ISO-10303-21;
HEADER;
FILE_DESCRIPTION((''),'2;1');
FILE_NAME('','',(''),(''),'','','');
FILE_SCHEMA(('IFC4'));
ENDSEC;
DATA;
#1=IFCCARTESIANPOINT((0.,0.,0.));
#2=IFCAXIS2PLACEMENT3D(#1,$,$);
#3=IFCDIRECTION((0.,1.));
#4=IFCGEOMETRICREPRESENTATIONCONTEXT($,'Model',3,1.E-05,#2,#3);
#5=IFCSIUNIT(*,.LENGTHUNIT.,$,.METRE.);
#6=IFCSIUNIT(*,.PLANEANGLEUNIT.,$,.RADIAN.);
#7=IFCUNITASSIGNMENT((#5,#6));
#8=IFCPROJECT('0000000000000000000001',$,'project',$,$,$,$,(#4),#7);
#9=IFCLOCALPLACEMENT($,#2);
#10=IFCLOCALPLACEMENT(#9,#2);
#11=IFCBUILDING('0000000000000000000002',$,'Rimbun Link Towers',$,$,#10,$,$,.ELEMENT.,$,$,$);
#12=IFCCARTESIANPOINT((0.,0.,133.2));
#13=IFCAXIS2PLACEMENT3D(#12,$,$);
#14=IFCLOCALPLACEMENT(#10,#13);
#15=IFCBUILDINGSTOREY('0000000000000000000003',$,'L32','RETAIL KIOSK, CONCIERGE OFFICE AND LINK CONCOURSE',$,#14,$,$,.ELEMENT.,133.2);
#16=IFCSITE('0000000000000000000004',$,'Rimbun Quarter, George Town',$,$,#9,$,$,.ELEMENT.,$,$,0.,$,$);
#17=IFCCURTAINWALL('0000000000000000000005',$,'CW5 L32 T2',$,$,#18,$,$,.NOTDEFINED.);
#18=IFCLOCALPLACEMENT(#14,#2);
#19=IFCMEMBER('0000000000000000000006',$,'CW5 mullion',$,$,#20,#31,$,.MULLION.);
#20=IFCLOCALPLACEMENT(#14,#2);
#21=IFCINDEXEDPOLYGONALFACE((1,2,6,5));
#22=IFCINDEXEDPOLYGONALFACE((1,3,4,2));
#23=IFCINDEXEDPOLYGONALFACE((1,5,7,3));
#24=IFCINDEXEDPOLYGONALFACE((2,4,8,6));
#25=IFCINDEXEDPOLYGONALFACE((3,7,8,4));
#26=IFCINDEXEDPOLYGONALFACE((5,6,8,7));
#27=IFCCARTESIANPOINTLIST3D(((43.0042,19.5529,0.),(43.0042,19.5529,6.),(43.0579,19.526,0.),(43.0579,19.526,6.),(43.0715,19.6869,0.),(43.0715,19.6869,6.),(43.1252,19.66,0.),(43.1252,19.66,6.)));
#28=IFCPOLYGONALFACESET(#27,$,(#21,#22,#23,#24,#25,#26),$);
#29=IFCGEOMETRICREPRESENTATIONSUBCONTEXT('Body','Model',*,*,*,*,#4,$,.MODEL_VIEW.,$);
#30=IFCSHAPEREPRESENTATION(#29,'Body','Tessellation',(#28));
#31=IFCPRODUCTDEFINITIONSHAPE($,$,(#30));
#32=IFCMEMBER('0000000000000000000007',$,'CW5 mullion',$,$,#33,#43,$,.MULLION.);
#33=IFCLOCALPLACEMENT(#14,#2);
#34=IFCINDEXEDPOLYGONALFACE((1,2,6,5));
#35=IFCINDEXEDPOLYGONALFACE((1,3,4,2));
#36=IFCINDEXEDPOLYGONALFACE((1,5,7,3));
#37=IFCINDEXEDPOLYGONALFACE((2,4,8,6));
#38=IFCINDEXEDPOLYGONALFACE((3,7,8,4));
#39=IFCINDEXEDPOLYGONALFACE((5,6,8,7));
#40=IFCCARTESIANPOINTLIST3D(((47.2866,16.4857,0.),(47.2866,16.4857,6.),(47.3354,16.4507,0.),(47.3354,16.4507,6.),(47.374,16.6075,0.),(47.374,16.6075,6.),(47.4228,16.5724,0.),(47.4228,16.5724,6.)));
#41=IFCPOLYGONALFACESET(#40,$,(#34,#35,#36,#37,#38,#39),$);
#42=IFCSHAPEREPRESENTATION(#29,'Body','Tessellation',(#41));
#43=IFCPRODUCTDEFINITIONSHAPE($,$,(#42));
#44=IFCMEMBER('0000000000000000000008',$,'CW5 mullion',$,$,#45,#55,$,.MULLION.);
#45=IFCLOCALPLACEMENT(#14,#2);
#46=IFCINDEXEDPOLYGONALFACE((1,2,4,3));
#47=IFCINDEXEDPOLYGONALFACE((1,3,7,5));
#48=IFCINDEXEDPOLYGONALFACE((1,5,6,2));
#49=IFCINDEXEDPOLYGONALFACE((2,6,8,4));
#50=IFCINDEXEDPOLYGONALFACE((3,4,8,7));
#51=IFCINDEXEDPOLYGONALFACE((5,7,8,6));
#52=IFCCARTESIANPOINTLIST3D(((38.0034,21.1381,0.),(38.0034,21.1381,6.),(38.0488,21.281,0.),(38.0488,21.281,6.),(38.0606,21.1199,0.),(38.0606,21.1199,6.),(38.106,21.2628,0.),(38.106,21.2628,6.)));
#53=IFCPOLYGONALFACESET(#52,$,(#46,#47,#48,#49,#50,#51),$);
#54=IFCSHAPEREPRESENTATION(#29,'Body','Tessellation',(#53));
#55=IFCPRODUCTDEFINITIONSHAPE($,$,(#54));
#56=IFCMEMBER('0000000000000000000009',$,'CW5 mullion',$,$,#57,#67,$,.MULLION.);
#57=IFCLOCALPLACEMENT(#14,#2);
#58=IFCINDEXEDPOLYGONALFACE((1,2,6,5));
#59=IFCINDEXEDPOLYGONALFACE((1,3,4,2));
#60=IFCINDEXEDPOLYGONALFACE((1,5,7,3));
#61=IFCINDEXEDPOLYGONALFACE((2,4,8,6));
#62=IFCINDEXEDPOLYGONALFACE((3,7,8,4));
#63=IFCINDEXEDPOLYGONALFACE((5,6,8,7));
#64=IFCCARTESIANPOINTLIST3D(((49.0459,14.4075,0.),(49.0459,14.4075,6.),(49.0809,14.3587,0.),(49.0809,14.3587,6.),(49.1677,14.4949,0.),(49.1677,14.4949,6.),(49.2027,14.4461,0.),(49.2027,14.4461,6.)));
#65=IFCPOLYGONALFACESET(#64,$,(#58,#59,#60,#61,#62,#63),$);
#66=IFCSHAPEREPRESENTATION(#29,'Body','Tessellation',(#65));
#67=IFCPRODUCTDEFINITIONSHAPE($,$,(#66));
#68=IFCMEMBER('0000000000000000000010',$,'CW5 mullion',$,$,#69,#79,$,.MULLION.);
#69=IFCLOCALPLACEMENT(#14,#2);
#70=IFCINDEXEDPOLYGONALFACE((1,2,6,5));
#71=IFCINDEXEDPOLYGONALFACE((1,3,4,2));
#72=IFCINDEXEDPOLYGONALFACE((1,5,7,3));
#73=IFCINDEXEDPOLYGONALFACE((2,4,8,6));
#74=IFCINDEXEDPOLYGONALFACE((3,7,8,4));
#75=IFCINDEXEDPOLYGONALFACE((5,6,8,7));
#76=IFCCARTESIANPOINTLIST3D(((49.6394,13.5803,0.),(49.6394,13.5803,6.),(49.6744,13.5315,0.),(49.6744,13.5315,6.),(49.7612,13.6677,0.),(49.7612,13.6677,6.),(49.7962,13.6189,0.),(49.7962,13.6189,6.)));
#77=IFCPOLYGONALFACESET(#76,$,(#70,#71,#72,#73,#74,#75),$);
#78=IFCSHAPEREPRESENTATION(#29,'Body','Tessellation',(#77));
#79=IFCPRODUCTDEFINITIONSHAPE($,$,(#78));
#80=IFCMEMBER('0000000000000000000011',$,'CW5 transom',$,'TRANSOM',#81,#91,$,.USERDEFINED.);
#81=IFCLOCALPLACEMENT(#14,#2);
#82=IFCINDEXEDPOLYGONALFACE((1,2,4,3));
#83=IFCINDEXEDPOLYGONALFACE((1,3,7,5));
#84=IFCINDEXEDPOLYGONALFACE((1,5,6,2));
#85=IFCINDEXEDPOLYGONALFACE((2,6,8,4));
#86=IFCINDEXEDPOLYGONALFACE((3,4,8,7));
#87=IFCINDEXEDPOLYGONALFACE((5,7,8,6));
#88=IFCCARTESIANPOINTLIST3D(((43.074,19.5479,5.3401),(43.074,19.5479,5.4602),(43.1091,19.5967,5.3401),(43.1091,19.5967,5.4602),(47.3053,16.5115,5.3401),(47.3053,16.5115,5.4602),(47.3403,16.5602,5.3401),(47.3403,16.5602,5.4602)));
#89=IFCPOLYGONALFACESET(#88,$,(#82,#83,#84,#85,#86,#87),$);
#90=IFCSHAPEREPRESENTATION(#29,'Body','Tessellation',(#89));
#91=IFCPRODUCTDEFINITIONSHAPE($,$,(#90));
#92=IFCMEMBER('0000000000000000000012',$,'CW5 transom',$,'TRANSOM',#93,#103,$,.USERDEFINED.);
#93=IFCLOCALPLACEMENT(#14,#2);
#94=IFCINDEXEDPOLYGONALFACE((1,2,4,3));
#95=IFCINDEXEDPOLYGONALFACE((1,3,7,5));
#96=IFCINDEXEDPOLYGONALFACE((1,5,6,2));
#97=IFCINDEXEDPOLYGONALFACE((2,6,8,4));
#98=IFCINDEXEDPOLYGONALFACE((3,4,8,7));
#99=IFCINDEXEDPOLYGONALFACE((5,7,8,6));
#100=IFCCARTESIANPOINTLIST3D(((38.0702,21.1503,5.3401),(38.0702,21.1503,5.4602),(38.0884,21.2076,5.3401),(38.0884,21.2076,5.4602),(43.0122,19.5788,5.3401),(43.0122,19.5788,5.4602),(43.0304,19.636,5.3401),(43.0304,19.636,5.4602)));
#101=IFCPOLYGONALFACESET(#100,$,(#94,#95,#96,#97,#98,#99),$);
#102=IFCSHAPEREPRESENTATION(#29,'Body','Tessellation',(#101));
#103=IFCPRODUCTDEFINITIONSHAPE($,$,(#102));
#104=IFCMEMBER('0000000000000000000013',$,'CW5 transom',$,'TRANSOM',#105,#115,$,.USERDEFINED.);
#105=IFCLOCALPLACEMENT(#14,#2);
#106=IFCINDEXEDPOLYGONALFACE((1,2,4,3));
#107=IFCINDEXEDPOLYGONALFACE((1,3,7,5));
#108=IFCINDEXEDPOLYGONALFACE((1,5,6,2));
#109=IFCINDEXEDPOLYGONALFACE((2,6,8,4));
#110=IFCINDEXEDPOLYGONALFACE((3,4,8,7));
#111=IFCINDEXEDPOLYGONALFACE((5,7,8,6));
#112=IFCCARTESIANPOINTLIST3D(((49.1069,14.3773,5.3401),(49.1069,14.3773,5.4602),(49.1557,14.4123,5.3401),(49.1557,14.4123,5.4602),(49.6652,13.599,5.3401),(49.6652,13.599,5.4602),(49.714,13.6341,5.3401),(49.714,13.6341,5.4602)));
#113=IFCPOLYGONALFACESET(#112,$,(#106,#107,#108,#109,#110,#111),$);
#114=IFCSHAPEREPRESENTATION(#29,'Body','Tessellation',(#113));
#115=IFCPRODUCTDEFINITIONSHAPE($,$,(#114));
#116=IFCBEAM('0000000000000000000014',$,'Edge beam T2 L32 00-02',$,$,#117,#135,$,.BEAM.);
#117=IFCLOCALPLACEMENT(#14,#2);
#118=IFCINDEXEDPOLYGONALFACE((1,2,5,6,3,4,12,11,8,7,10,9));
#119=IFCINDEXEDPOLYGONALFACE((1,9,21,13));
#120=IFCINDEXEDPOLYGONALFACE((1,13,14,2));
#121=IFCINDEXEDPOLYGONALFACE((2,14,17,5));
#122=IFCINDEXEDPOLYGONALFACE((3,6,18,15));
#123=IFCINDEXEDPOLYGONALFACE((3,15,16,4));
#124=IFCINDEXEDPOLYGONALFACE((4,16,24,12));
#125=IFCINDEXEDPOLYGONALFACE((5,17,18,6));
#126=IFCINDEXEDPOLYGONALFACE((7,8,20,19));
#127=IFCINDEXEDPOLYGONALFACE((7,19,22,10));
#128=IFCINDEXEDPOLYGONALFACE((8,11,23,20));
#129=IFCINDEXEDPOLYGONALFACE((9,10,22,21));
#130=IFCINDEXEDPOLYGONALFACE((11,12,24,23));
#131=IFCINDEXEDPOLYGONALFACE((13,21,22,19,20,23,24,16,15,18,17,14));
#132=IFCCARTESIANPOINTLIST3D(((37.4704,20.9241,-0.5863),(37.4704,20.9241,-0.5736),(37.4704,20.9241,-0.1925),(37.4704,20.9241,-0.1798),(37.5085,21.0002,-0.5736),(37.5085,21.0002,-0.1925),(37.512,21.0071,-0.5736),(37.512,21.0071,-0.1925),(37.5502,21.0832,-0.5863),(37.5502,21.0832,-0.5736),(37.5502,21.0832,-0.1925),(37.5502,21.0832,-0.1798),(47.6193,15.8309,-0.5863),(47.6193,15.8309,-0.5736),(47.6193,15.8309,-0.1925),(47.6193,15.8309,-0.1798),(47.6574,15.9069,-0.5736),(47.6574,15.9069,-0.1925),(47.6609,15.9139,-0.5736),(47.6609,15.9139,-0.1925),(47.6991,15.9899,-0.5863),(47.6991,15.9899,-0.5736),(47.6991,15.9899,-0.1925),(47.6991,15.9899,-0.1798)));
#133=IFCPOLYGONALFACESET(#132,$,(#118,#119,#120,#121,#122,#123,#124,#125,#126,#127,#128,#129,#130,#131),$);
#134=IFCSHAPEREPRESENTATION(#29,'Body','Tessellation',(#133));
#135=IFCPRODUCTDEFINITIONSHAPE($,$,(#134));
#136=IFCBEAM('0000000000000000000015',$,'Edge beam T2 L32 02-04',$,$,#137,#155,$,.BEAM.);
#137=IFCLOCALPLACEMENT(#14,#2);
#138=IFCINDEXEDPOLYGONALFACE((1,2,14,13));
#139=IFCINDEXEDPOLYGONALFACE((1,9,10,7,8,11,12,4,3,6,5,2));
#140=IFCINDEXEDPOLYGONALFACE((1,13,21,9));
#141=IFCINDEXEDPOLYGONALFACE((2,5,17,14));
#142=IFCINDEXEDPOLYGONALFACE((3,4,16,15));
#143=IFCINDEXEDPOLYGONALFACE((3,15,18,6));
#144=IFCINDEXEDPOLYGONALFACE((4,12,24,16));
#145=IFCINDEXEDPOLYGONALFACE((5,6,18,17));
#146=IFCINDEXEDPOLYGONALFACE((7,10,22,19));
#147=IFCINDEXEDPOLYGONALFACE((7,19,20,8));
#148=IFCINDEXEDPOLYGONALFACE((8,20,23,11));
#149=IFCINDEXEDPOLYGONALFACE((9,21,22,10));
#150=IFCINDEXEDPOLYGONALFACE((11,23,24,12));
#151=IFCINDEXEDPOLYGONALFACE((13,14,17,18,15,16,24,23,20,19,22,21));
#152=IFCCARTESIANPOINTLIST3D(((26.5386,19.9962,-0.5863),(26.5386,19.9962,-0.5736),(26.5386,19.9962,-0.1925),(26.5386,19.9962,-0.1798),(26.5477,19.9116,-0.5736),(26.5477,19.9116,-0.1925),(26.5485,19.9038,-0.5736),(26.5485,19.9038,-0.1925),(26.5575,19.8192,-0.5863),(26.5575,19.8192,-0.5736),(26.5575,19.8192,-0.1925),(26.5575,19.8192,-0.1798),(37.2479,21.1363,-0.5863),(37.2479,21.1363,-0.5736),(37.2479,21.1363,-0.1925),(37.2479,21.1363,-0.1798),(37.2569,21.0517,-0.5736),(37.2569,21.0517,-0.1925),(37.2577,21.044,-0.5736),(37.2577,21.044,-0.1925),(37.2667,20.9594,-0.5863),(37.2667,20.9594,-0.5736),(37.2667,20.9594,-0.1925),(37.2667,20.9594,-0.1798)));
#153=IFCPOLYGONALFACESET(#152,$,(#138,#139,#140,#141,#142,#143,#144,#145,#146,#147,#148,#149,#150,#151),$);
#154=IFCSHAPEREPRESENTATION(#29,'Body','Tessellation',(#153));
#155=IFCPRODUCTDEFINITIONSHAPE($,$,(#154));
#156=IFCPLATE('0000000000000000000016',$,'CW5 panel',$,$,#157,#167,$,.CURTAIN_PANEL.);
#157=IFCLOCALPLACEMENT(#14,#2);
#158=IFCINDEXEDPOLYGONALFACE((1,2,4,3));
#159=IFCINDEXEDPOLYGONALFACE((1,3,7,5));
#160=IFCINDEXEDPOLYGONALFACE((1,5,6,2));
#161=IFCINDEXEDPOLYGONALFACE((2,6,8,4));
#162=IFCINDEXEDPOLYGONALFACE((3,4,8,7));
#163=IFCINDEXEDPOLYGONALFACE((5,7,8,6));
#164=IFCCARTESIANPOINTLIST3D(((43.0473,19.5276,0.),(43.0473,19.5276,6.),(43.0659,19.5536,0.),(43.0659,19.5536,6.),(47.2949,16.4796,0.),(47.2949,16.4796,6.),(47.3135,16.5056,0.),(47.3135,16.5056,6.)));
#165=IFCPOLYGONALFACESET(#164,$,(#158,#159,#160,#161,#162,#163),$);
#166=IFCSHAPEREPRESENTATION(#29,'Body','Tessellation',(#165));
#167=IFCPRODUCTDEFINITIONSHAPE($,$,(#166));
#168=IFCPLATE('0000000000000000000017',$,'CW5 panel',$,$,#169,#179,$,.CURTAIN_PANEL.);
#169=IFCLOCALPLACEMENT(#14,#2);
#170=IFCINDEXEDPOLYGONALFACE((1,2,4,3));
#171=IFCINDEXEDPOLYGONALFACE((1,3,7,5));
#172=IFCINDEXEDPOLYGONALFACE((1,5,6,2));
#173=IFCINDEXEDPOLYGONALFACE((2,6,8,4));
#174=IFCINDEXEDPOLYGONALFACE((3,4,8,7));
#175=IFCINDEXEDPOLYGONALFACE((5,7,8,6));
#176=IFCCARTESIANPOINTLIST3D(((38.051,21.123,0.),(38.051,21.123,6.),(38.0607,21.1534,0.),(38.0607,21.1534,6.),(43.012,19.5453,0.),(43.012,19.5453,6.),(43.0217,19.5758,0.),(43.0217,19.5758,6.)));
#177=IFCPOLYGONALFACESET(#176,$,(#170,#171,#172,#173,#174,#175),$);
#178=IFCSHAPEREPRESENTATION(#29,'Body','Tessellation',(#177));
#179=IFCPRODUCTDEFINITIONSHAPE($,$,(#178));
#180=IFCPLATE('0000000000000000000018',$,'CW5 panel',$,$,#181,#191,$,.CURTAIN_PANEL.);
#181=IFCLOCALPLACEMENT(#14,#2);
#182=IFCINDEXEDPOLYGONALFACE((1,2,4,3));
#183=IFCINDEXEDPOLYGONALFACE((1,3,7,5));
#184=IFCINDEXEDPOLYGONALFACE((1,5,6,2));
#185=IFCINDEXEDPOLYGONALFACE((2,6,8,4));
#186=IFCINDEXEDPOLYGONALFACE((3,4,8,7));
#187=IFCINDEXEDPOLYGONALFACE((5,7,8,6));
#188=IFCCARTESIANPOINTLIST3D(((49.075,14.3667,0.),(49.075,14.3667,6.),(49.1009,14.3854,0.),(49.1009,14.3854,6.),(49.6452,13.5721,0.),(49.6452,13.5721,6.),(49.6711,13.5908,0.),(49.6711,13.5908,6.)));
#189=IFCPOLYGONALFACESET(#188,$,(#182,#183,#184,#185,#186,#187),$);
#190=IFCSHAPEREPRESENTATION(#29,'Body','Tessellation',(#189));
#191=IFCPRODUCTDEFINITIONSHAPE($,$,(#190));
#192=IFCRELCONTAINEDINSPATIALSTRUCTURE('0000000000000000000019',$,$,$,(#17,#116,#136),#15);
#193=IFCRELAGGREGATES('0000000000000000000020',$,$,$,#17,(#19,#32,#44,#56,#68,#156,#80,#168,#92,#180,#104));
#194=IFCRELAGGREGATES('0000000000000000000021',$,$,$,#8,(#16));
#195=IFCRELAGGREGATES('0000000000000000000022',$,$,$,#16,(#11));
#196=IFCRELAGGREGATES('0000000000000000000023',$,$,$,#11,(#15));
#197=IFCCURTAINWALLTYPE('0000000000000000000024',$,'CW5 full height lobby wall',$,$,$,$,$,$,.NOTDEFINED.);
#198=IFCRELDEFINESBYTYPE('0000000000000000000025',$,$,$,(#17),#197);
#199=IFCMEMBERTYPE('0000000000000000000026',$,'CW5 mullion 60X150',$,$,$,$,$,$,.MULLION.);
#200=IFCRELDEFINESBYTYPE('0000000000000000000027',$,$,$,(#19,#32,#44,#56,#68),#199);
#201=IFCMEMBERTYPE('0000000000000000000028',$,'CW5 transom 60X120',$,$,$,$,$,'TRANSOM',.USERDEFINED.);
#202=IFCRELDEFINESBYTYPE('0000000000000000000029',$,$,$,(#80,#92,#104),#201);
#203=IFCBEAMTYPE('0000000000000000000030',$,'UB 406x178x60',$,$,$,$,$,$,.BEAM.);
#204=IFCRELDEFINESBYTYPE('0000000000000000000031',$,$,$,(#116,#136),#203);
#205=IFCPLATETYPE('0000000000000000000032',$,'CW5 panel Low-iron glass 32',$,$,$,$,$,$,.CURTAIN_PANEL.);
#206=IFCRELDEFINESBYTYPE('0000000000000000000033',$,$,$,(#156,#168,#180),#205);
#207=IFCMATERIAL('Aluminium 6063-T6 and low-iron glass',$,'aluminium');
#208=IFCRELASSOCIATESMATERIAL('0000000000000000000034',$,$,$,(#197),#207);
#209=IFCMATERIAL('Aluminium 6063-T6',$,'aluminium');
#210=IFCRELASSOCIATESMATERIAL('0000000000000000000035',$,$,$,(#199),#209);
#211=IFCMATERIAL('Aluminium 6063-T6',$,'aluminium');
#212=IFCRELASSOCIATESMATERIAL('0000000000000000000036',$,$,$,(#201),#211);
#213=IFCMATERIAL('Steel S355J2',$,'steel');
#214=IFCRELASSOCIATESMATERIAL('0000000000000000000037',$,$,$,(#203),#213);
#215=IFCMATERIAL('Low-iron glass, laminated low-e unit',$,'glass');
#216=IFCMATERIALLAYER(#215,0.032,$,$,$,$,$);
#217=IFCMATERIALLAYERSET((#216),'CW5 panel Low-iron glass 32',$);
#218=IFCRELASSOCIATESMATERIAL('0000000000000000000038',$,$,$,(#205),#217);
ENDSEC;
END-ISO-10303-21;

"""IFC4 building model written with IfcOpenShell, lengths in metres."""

from ifc_helpers import new_model, si_unit, direction, frame, origin, origin_2d, place, context, subcontext, project, spatial, rectangle, i_section, extrude, material, layer, layer_set, material_profile, profile_set, type_object, element, aggregate, save


model = new_model("IFC4")

# Units and contexts
model_context = context("Model", 3, precision=1e-05, world=origin(), true_north=direction((0.0, 1.0)))
body_context = subcontext(model_context, "Body", "Model", "MODEL_VIEW")
ifc_project = project(units=[si_unit("LENGTHUNIT", "METRE"), si_unit("PLANEANGLEUNIT", "RADIAN")], contexts=[model_context])

# Site, building, storey
site_placement = place(None, origin())
site = spatial("IfcSite", under=ifc_project, at=site_placement, Name="Rimbun Quarter, George Town", CompositionType="ELEMENT", RefElevation=0.0)
building_placement = place(site_placement, origin())
building = spatial("IfcBuilding", under=site, at=building_placement, Name="Rimbun Link Towers", CompositionType="ELEMENT")
storey_placement = place(building_placement, frame((0.0, 0.0, 133.2)))
storey = spatial("IfcBuildingStorey", under=building, at=storey_placement, Name="L32", Description="RETAIL KIOSK, CONCIERGE OFFICE AND LINK CONCOURSE", CompositionType="ELEMENT", Elevation=133.2)

# Curtain wall, members
ifc_material_1 = material(Name="Aluminium 6063-T6 and low-iron glass", Category="aluminium")
curtain_wall_type = type_object("IfcCurtainWallType", Name="CW5 full height lobby wall", PredefinedType="NOTDEFINED", material=ifc_material_1)
curtain_wall_placement = place(storey_placement, origin())
curtain_wall = element("IfcCurtainWall", 1, at=curtain_wall_placement, inside=storey, type_object=curtain_wall_type, Name="CW5 L32 T2", PredefinedType="NOTDEFINED")
ifc_material_2 = material(Name="Aluminium 6063-T6", Category="aluminium")
ifc_material_profile_1 = material_profile(ifc_material_2, rectangle(XDim=0.1499, YDim=0.0601, at=origin_2d()), Name="MULLION 60X150")
ifc_profile_set_1 = profile_set([ifc_material_profile_1], Name="Aluminium 6063-T6")
member_type_1 = type_object("IfcMemberType", Name="CW5 mullion 60X150", PredefinedType="MULLION", material=ifc_profile_set_1)
member_1_placement = place(storey_placement, frame((43.0647, 19.6064, 0.0), z_axis=(0.0, 0.0, 1.0), x_axis=(0.44857, 0.893748, 0.0)))
member_1 = element("IfcMember", 2, at=member_1_placement, type_object=member_type_1, Name="CW5 mullion", PredefinedType="MULLION", context=body_context, shape_type="SweptSolid", body=[
    extrude(rectangle(XDim=0.1499, YDim=0.0601, at=origin_2d()), origin(), (0.0, 0.0, 1.0), 6.0),
])
member_2_placement = place(storey_placement, frame((47.3547, 16.5291, 0.0), z_axis=(0.0, 0.0, 1.0), x_axis=(0.583009, 0.812465, 0.0)))
member_2 = element("IfcMember", 3, at=member_2_placement, type_object=member_type_1, Name="CW5 mullion", PredefinedType="MULLION", context=body_context, shape_type="SweptSolid", body=[
    extrude(rectangle(XDim=0.1499, YDim=0.0601, at=origin_2d()), origin(), (0.0, 0.0, 1.0), 6.0),
])
member_3_placement = place(storey_placement, frame((38.0547, 21.2004, 0.0), z_axis=(0.0, 0.0, 1.0), x_axis=(0.30306, 0.952972, 0.0)))
member_3 = element("IfcMember", 4, at=member_3_placement, type_object=member_type_1, Name="CW5 mullion", PredefinedType="MULLION", context=body_context, shape_type="SweptSolid", body=[
    extrude(rectangle(XDim=0.1499, YDim=0.0601, at=origin_2d()), origin(), (0.0, 0.0, 1.0), 6.0),
])
member_4_placement = place(storey_placement, frame((49.1243, 14.4268, 0.0), z_axis=(0.0, 0.0, 1.0), x_axis=(0.812465, 0.583009, 0.0)))
member_4 = element("IfcMember", 5, at=member_4_placement, type_object=member_type_1, Name="CW5 mullion", PredefinedType="MULLION", context=body_context, shape_type="SweptSolid", body=[
    extrude(rectangle(XDim=0.1499, YDim=0.0601, at=origin_2d()), origin(), (0.0, 0.0, 1.0), 6.0),
])
member_5_placement = place(storey_placement, frame((49.7178, 13.5996, 0.0), z_axis=(0.0, 0.0, 1.0), x_axis=(0.812465, 0.583009, 0.0)))
member_5 = element("IfcMember", 6, at=member_5_placement, type_object=member_type_1, Name="CW5 mullion", PredefinedType="MULLION", context=body_context, shape_type="SweptSolid", body=[
    extrude(rectangle(XDim=0.1499, YDim=0.0601, at=origin_2d()), origin(), (0.0, 0.0, 1.0), 6.0),
])
ifc_material_3 = material(Name="Aluminium 6063-T6", Category="aluminium")
ifc_material_profile_2 = material_profile(ifc_material_3, rectangle(XDim=0.0601, YDim=0.1201, at=origin_2d()), Name="TRANSOM 60X120")
ifc_profile_set_2 = profile_set([ifc_material_profile_2], Name="Aluminium 6063-T6")
member_type_2 = type_object("IfcMemberType", Name="CW5 transom 60X120", ElementType="TRANSOM", PredefinedType="USERDEFINED", material=ifc_profile_set_2)
member_6_placement = place(storey_placement, frame((43.0916, 19.5723, 5.4001), z_axis=(0.812452, -0.583028, 0.0), x_axis=(0.583028, 0.812452, 0.0)))
member_6 = element("IfcMember", 7, at=member_6_placement, type_object=member_type_2, Name="CW5 transom", ObjectType="TRANSOM", PredefinedType="USERDEFINED", context=body_context, shape_type="SweptSolid", body=[
    extrude(rectangle(XDim=0.0601, YDim=0.1201, at=origin_2d()), origin(), (0.0, 0.0, 1.0), 5.208),
])
member_7_placement = place(storey_placement, frame((38.0793, 21.179, 5.4001), z_axis=(0.952975, -0.303048, 0.0), x_axis=(0.303048, 0.952975, 0.0)))
member_7 = element("IfcMember", 8, at=member_7_placement, type_object=member_type_2, Name="CW5 transom", ObjectType="TRANSOM", PredefinedType="USERDEFINED", context=body_context, shape_type="SweptSolid", body=[
    extrude(rectangle(XDim=0.0601, YDim=0.1201, at=origin_2d()), origin(), (0.0, 0.0, 1.0), 5.1858),
])
member_8_placement = place(storey_placement, frame((49.1313, 14.3948, 5.4001), z_axis=(0.582901, -0.812543, 0.0), x_axis=(0.812543, 0.582901, 0.0)))
member_8 = element("IfcMember", 9, at=member_8_placement, type_object=member_type_2, Name="CW5 transom", ObjectType="TRANSOM", PredefinedType="USERDEFINED", context=body_context, shape_type="SweptSolid", body=[
    extrude(rectangle(XDim=0.0601, YDim=0.1201, at=origin_2d()), origin(), (0.0, 0.0, 1.0), 0.9578),
])

# Beams
ifc_material_4 = material(Name="Steel S355J2", Category="steel")
ifc_material_profile_3 = material_profile(ifc_material_4, i_section(OverallWidth=0.178, OverallDepth=0.4065, WebThickness=0.0078, FlangeThickness=0.0127, at=origin_2d()), Name="UB 406x178x60")
ifc_profile_set_3 = profile_set([ifc_material_profile_3], Name="Steel S355J2")
beam_type = type_object("IfcBeamType", Name="UB 406x178x60", PredefinedType="BEAM", material=ifc_profile_set_3)
beam_1_placement = place(storey_placement, frame((47.6592, 15.9104, -0.3831), z_axis=(-0.893764, 0.448538, 0.0), x_axis=(-0.448538, -0.893764, 0.0)))
element("IfcBeam", 10, at=beam_1_placement, inside=storey, type_object=beam_type, Name="Edge beam T2 L32 00-02", PredefinedType="BEAM", context=body_context, shape_type="SweptSolid", body=[
    extrude(i_section(OverallWidth=0.178, OverallDepth=0.4065, WebThickness=0.0078, FlangeThickness=0.0127, at=origin_2d()), origin(), (0.0, 0.0, 1.0), 11.3552),
])
beam_2_placement = place(storey_placement, frame((37.2573, 21.0479, -0.3831), z_axis=(-0.994381, -0.105865, 0.0), x_axis=(0.105865, -0.994381, 0.0)))
element("IfcBeam", 11, at=beam_2_placement, inside=storey, type_object=beam_type, Name="Edge beam T2 L32 02-04", PredefinedType="BEAM", context=body_context, shape_type="SweptSolid", body=[
    extrude(i_section(OverallWidth=0.178, OverallDepth=0.4065, WebThickness=0.0078, FlangeThickness=0.0127, at=origin_2d()), origin(), (0.0, 0.0, 1.0), 10.7698),
])

# Plates
ifc_material_5 = material(Name="Low-iron glass, laminated low-e unit", Category="glass")
ifc_layer_1 = layer(ifc_material_5, 0.032)
ifc_layer_set_1 = layer_set([ifc_layer_1], Name="CW5 panel Low-iron glass 32")
plate_type = type_object("IfcPlateType", Name="CW5 panel Low-iron glass 32", PredefinedType="CURTAIN_PANEL", material=ifc_layer_set_1)
plate_1_placement = place(storey_placement, frame((45.1804, 18.0166, 0.0), z_axis=(0.0, 0.0, 1.0), x_axis=(0.812465, -0.583009, 0.0)))
plate_1 = element("IfcPlate", 12, at=plate_1_placement, type_object=plate_type, Name="CW5 panel", PredefinedType="CURTAIN_PANEL", context=body_context, shape_type="SweptSolid", body=[
    extrude(rectangle(XDim=5.228, YDim=0.032, at=origin_2d()), origin(), (0.0, 0.0, 1.0), 6.0),
])
plate_2_placement = place(storey_placement, frame((40.5364, 20.3494, 0.0), z_axis=(0.0, 0.0, 1.0), x_axis=(0.952972, -0.30306, 0.0)))
plate_2 = element("IfcPlate", 13, at=plate_2_placement, type_object=plate_type, Name="CW5 panel", PredefinedType="CURTAIN_PANEL", context=body_context, shape_type="SweptSolid", body=[
    extrude(rectangle(XDim=5.2058, YDim=0.032, at=origin_2d()), origin(), (0.0, 0.0, 1.0), 6.0),
])
plate_3_placement = place(storey_placement, frame((49.373, 13.9788, 0.0), z_axis=(0.0, 0.0, 1.0), x_axis=(0.583009, -0.812465, 0.0)))
plate_3 = element("IfcPlate", 14, at=plate_3_placement, type_object=plate_type, Name="CW5 panel", PredefinedType="CURTAIN_PANEL", context=body_context, shape_type="SweptSolid", body=[
    extrude(rectangle(XDim=0.978, YDim=0.032, at=origin_2d()), origin(), (0.0, 0.0, 1.0), 6.0),
])
aggregate(curtain_wall, [member_1, member_2, member_3, member_4, member_5, plate_1, member_6, plate_2, member_7, plate_3, member_8])

save(model, "model.ifc")
